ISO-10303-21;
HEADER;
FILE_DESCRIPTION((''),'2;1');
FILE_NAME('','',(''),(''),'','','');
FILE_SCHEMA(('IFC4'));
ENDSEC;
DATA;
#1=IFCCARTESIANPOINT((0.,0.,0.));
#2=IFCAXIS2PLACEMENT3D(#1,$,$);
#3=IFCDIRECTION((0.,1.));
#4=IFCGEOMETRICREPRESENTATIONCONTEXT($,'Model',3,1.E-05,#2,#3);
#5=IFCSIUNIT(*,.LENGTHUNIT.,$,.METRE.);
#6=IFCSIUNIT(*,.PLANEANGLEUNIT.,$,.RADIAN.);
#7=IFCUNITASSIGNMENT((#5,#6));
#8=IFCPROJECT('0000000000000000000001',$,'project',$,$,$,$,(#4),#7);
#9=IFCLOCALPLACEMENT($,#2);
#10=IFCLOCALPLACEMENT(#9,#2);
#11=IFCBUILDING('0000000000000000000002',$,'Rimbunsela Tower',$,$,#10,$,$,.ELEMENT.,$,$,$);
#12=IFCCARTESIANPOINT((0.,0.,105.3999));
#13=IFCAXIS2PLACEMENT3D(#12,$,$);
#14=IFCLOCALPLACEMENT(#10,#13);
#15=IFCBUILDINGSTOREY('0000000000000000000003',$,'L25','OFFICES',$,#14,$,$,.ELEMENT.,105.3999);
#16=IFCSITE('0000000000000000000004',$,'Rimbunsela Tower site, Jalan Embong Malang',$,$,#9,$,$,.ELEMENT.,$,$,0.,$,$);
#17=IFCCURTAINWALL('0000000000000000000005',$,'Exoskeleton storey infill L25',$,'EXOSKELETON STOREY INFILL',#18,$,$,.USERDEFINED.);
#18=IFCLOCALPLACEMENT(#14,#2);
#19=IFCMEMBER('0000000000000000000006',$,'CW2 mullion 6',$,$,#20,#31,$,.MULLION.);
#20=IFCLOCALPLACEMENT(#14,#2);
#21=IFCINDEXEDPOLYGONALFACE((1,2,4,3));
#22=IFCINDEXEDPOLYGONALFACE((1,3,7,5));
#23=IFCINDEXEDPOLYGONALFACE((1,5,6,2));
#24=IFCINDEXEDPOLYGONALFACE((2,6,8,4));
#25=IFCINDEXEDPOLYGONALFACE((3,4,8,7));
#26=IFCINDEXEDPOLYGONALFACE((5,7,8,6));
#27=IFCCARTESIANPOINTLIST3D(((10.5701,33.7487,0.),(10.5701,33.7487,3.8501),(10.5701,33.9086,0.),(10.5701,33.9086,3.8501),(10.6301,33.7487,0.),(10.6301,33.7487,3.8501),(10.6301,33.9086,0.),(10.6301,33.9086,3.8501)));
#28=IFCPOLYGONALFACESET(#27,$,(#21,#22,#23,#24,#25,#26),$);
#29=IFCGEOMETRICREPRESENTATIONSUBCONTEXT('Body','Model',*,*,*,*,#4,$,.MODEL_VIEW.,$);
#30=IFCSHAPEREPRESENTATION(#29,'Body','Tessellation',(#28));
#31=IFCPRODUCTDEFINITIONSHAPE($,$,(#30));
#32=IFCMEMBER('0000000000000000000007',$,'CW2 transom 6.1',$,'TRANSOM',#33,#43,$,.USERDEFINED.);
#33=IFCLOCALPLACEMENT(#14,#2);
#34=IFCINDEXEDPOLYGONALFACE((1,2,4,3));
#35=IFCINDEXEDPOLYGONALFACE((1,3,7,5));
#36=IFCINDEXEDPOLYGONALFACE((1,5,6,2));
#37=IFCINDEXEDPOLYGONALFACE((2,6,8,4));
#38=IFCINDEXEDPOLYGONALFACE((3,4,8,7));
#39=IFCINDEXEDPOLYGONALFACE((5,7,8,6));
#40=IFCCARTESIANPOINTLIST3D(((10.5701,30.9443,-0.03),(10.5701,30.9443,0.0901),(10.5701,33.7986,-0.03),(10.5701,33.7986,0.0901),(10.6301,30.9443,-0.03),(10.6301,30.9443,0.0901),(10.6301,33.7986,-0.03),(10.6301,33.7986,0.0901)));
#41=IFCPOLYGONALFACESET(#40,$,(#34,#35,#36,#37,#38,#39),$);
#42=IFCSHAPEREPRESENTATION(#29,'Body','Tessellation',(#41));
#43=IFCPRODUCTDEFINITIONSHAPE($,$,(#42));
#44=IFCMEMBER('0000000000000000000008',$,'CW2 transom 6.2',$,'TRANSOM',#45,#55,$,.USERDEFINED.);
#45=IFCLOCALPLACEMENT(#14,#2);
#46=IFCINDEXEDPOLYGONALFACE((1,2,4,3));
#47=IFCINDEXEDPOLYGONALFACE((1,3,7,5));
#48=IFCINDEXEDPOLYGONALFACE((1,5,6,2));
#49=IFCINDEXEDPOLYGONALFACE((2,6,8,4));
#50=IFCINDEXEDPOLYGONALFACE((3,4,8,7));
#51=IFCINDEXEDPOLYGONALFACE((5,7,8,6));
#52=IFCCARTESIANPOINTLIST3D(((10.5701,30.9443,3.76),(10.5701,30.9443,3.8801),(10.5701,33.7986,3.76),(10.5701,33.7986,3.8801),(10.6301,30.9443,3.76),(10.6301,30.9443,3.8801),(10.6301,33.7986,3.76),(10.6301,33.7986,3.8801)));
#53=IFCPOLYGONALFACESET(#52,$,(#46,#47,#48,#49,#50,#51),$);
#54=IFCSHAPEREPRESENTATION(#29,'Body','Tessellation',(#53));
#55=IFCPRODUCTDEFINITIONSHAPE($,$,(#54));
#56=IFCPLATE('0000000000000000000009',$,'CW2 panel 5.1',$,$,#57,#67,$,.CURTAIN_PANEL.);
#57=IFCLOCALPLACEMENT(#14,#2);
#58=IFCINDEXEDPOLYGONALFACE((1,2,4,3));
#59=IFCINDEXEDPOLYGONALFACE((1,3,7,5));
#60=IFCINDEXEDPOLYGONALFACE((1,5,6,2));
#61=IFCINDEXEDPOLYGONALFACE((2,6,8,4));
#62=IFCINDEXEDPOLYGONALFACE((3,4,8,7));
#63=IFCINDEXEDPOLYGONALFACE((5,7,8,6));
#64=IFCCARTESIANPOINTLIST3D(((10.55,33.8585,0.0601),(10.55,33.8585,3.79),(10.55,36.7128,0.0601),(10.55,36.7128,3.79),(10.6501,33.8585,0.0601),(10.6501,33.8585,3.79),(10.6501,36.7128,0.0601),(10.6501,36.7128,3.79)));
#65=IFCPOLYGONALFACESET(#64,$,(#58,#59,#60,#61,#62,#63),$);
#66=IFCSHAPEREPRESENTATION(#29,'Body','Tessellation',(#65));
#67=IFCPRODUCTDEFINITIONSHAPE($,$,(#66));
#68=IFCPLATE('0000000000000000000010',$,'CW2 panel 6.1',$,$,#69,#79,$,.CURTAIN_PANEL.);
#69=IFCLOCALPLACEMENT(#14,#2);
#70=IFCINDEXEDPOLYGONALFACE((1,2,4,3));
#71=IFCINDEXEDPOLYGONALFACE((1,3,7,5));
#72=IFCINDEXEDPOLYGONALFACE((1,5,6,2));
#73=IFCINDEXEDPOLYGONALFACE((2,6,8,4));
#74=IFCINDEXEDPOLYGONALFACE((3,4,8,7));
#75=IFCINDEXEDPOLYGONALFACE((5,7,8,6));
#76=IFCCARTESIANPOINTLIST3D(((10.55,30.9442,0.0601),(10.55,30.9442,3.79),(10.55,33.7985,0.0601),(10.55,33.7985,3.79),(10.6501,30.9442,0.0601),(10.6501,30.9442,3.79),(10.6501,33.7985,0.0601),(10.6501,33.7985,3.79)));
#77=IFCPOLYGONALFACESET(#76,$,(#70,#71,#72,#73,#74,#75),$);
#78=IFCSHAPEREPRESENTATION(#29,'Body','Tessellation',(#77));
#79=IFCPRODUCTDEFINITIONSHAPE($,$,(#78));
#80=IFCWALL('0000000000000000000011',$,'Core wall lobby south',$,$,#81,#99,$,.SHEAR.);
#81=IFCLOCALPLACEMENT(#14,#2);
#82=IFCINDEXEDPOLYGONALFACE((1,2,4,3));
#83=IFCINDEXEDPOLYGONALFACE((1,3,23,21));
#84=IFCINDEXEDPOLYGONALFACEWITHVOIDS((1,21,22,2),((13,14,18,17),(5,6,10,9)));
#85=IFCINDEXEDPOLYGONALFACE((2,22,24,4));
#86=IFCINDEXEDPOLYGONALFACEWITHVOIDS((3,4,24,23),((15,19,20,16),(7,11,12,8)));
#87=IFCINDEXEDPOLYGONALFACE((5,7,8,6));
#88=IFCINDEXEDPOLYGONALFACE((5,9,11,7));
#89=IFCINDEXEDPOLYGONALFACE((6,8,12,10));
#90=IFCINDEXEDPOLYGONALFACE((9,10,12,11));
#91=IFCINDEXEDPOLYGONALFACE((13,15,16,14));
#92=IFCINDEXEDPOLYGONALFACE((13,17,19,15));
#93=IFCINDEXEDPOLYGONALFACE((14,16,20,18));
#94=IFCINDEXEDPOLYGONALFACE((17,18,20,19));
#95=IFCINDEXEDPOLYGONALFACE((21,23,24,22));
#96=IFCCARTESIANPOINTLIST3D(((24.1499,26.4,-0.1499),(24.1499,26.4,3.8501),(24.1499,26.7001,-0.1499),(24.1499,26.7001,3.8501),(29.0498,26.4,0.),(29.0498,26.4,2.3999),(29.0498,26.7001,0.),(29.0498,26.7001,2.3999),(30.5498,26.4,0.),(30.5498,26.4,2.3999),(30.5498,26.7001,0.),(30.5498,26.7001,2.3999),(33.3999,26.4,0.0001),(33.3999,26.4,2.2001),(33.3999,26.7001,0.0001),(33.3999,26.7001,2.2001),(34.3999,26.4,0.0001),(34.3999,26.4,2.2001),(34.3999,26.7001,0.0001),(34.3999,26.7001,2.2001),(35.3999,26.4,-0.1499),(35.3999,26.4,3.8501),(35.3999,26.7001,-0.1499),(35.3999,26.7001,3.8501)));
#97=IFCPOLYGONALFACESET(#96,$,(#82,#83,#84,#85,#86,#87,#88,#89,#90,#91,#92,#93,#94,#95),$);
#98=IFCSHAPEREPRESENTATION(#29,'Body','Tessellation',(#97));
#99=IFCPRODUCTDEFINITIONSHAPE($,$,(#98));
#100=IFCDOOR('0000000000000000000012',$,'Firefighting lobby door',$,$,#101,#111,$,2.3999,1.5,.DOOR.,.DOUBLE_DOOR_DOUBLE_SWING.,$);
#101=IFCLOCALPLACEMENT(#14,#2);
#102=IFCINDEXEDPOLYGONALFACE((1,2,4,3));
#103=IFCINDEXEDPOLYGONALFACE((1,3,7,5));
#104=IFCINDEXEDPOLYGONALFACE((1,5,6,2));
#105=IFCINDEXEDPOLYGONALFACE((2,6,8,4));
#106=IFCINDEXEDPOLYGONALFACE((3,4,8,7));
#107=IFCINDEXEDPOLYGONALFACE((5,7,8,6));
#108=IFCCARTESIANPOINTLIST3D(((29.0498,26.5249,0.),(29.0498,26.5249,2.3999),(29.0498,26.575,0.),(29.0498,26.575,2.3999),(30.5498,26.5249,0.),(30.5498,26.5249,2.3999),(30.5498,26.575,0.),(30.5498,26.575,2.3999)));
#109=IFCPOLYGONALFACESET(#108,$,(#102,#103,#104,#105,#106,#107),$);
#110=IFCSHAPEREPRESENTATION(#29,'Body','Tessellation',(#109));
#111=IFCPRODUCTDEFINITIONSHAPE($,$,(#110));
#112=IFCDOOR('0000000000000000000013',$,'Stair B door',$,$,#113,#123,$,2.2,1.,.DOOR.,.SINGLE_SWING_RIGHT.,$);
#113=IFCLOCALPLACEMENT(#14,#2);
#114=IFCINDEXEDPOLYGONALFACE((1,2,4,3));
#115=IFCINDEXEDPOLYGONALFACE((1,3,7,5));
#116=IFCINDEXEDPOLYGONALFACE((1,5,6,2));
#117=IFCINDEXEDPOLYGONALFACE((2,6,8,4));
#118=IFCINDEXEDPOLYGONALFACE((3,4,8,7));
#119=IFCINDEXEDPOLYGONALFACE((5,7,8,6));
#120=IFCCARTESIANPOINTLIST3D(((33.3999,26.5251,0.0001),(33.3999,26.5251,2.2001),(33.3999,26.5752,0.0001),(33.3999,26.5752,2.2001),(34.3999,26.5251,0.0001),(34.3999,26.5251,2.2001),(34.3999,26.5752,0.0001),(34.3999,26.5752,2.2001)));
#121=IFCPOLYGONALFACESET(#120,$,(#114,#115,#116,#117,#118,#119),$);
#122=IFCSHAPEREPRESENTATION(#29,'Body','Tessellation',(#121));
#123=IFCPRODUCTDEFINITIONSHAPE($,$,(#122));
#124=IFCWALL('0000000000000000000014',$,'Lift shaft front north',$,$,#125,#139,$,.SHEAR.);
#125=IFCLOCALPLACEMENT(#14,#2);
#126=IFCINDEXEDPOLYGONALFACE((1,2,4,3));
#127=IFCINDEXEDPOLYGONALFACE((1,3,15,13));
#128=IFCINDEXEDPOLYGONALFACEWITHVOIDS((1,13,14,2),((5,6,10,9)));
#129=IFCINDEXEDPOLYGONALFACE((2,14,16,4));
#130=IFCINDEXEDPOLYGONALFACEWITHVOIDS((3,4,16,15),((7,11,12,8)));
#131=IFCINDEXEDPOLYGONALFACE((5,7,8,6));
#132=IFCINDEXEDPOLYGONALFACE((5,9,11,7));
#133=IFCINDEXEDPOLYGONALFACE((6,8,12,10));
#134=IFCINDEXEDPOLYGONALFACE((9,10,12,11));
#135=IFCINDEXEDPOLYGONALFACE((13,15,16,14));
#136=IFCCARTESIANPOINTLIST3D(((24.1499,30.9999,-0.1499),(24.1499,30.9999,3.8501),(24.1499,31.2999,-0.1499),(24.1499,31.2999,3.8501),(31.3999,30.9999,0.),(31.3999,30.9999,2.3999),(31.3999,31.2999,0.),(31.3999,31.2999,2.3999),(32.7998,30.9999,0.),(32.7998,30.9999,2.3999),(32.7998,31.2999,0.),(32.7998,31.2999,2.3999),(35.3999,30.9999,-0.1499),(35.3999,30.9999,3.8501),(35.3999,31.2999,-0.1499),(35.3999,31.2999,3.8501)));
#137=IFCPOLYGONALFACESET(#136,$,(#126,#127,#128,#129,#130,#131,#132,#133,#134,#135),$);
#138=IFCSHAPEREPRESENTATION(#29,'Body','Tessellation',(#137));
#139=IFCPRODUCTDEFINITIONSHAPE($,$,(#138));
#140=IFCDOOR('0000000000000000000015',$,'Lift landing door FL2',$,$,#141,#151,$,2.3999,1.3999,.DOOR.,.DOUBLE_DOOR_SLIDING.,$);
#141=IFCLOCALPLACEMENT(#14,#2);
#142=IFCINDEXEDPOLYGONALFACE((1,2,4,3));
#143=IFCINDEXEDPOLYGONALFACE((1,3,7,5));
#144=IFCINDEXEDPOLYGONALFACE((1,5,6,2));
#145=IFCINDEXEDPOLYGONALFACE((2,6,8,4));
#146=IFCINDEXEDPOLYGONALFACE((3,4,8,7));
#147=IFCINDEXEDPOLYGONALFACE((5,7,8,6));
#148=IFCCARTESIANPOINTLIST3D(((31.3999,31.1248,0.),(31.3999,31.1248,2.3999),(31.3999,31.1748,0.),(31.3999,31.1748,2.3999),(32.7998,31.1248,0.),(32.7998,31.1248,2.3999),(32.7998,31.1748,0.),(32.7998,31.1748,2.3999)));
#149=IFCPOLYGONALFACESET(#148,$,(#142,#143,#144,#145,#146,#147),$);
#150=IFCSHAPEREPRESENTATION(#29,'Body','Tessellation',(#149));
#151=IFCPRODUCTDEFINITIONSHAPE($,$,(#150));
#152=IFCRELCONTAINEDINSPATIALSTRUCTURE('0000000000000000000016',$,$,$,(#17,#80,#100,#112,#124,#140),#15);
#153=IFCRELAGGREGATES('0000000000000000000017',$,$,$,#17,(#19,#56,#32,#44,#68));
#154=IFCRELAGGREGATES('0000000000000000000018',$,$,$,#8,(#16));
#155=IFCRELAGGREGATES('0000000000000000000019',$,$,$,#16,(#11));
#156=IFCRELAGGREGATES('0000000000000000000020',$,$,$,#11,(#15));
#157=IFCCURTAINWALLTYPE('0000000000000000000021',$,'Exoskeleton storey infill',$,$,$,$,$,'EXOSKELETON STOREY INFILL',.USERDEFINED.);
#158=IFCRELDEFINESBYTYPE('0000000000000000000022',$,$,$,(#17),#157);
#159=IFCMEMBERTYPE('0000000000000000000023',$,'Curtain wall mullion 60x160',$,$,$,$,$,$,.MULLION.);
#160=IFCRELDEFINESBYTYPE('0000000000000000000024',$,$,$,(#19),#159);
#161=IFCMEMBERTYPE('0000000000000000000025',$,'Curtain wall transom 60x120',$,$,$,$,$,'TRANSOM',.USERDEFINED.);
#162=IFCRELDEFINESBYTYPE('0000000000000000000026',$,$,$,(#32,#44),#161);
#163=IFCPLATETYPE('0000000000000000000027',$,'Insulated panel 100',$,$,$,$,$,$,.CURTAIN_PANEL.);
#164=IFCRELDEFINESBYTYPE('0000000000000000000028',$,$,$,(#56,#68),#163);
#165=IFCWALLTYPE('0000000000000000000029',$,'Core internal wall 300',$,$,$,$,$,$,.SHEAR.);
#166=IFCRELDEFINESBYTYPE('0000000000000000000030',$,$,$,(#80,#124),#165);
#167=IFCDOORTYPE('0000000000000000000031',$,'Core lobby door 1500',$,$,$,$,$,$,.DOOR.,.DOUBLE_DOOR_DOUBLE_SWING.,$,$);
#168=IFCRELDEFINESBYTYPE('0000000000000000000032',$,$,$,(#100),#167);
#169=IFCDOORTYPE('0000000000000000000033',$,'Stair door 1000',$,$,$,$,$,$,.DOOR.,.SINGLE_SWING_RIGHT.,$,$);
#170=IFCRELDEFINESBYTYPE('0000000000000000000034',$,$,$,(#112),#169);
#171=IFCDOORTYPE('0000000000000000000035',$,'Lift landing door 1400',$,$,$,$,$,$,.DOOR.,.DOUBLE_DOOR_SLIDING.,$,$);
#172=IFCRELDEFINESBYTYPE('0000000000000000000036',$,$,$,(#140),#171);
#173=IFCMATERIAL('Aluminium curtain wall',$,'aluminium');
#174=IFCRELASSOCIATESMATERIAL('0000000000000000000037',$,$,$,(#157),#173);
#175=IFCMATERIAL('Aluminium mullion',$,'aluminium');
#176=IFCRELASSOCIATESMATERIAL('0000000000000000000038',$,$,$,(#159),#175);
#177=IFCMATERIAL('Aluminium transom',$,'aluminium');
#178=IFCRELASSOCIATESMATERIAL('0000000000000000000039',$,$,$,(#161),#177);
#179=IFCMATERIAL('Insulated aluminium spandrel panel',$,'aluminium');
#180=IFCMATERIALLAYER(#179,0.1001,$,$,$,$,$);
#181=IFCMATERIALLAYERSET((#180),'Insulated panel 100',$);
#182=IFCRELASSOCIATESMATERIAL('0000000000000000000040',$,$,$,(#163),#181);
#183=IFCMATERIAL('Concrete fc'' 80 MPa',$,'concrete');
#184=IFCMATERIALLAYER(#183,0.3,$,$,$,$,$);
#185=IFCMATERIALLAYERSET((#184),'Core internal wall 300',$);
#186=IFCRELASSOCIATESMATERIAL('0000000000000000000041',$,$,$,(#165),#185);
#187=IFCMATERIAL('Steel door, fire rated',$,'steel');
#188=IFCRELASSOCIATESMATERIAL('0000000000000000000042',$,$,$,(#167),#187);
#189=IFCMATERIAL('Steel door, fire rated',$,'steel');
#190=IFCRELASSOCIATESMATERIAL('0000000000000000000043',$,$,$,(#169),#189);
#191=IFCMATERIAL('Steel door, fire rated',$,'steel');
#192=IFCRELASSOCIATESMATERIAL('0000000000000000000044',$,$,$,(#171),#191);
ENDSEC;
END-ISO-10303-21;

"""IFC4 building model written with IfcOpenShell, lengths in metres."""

from ifc_helpers import new_model, si_unit, direction, frame, frame_2d, origin, origin_2d, place, context, subcontext, project, spatial, rectangle, extrude, material, layer, layer_set, material_profile, profile_set, type_object, element, fill, aggregate, save


model = new_model("IFC4")

# Units and contexts
model_context = context("Model", 3, precision=1e-05, world=origin(), true_north=direction((0.0, 1.0)))
body_context = subcontext(model_context, "Body", "Model", "MODEL_VIEW")
ifc_project = project(units=[si_unit("LENGTHUNIT", "METRE"), si_unit("PLANEANGLEUNIT", "RADIAN")], contexts=[model_context])

# Site, building, storey
site_placement = place(None, origin())
site = spatial("IfcSite", under=ifc_project, at=site_placement, Name="Rimbunsela Tower site, Jalan Embong Malang", CompositionType="ELEMENT", RefElevation=0.0)
building_placement = place(site_placement, origin())
building = spatial("IfcBuilding", under=site, at=building_placement, Name="Rimbunsela Tower", CompositionType="ELEMENT")
storey_placement = place(building_placement, frame((0.0, 0.0, 105.3999)))
storey = spatial("IfcBuildingStorey", under=building, at=storey_placement, Name="L25", Description="OFFICES", CompositionType="ELEMENT", Elevation=105.3999)

# Curtain wall, members, plates
ifc_material_1 = material(Name="Aluminium curtain wall", Category="aluminium")
curtain_wall_type = type_object("IfcCurtainWallType", Name="Exoskeleton storey infill", ElementType="EXOSKELETON STOREY INFILL", PredefinedType="USERDEFINED", material=ifc_material_1)
curtain_wall_placement = place(storey_placement, origin())
curtain_wall = element("IfcCurtainWall", 1, at=curtain_wall_placement, inside=storey, type_object=curtain_wall_type, Name="Exoskeleton storey infill L25", ObjectType="EXOSKELETON STOREY INFILL", PredefinedType="USERDEFINED")
ifc_material_2 = material(Name="Aluminium mullion", Category="aluminium")
ifc_material_profile_1 = material_profile(ifc_material_2, rectangle(XDim=0.0601, YDim=0.1599, at=origin_2d()), Name="Mullion 60x160")
ifc_profile_set_1 = profile_set([ifc_material_profile_1], Name="Aluminium mullion")
member_type_1 = type_object("IfcMemberType", Name="Curtain wall mullion 60x160", PredefinedType="MULLION", material=ifc_profile_set_1)
member_1_placement = place(storey_placement, frame((10.6001, 33.8286, 0.0), z_axis=(0.0, 0.0, 1.0), x_axis=(1.0, 0.0, 0.0)))
member_1 = element("IfcMember", 2, at=member_1_placement, type_object=member_type_1, Name="CW2 mullion 6", PredefinedType="MULLION", context=body_context, shape_type="SweptSolid", body=[
    extrude(rectangle(XDim=0.0601, YDim=0.1599, at=origin_2d()), origin(), (0.0, 0.0, 1.0), 3.8501),
])
ifc_material_3 = material(Name="Aluminium transom", Category="aluminium")
ifc_material_profile_2 = material_profile(ifc_material_3, rectangle(XDim=0.0601, YDim=0.1201, at=origin_2d()), Name="Transom 60x120")
ifc_profile_set_2 = profile_set([ifc_material_profile_2], Name="Aluminium transom")
member_type_2 = type_object("IfcMemberType", Name="Curtain wall transom 60x120", ElementType="TRANSOM", PredefinedType="USERDEFINED", material=ifc_profile_set_2)
member_2_placement = place(storey_placement, frame((10.6001, 33.7986, 0.03), z_axis=(0.0, -1.0, 0.0), x_axis=(1.0, 0.0, 0.0)))
member_2 = element("IfcMember", 3, at=member_2_placement, type_object=member_type_2, Name="CW2 transom 6.1", ObjectType="TRANSOM", PredefinedType="USERDEFINED", context=body_context, shape_type="SweptSolid", body=[
    extrude(rectangle(XDim=0.0601, YDim=0.1201, at=origin_2d()), origin(), (0.0, 0.0, 1.0), 2.8542),
])
member_3_placement = place(storey_placement, frame((10.6001, 33.7986, 3.8201), z_axis=(0.0, -1.0, 0.0), x_axis=(1.0, 0.0, 0.0)))
member_3 = element("IfcMember", 4, at=member_3_placement, type_object=member_type_2, Name="CW2 transom 6.2", ObjectType="TRANSOM", PredefinedType="USERDEFINED", context=body_context, shape_type="SweptSolid", body=[
    extrude(rectangle(XDim=0.0601, YDim=0.1201, at=origin_2d()), origin(), (0.0, 0.0, 1.0), 2.8542),
])
ifc_material_4 = material(Name="Insulated aluminium spandrel panel", Category="aluminium")
ifc_layer_1 = layer(ifc_material_4, 0.1001)
ifc_layer_set_1 = layer_set([ifc_layer_1], Name="Insulated panel 100")
plate_type = type_object("IfcPlateType", Name="Insulated panel 100", PredefinedType="CURTAIN_PANEL", material=ifc_layer_set_1)
plate_1_placement = place(storey_placement, frame((10.6001, 35.2856, 0.0601), z_axis=(0.0, 0.0, 1.0), x_axis=(0.0, -1.0, 0.0)))
plate_1 = element("IfcPlate", 5, at=plate_1_placement, type_object=plate_type, Name="CW2 panel 5.1", PredefinedType="CURTAIN_PANEL", context=body_context, shape_type="SweptSolid", body=[
    extrude(rectangle(XDim=2.8542, YDim=0.1001, at=origin_2d()), origin(), (0.0, 0.0, 1.0), 3.73),
])
plate_2_placement = place(storey_placement, frame((10.6001, 32.3713, 0.0601), z_axis=(0.0, 0.0, 1.0), x_axis=(0.0, -1.0, 0.0)))
plate_2 = element("IfcPlate", 6, at=plate_2_placement, type_object=plate_type, Name="CW2 panel 6.1", PredefinedType="CURTAIN_PANEL", context=body_context, shape_type="SweptSolid", body=[
    extrude(rectangle(XDim=2.8542, YDim=0.1001, at=origin_2d()), origin(), (0.0, 0.0, 1.0), 3.73),
])
aggregate(curtain_wall, [member_1, plate_1, member_2, member_3, plate_2])

# Wall, openings, doors
ifc_material_5 = material(Name="Concrete fc' 80 MPa", Category="concrete")
ifc_layer_2 = layer(ifc_material_5, 0.3)
ifc_layer_set_2 = layer_set([ifc_layer_2], Name="Core internal wall 300")
wall_type_1 = type_object("IfcWallType", Name="Core internal wall 300", PredefinedType="SHEAR", material=ifc_layer_set_2)
wall_1_placement = place(storey_placement, frame((24.1499, 26.55, -0.1499), z_axis=(0.0, 0.0, 1.0), x_axis=(1.0, 0.0, 0.0)))
wall_1 = element("IfcWall", 7, at=wall_1_placement, inside=storey, type_object=wall_type_1, Name="Core wall lobby south", PredefinedType="SHEAR", context=body_context, shape_type="SweptSolid", body=[
    extrude(rectangle(XDim=11.25, YDim=0.3, at=frame_2d((5.625, 0.0))), origin(), (0.0, 0.0, 1.0), 4.0),
])
opening_1_placement = place(wall_1_placement, frame((9.25, 0.0, 0.1499)))
opening_1 = element("IfcOpeningElement", 8, at=opening_1_placement, cuts=wall_1, PredefinedType="OPENING", context=body_context, shape_type="SweptSolid", body=[
    extrude(rectangle(XDim=1.0, YDim=2.2, at=frame_2d((0.5, 1.1001))), frame((0.0, 0.1599, 0.0), z_axis=(0.0, -1.0, 0.0), x_axis=(1.0, 0.0, 0.0)), (0.0, 0.0, 1.0), 0.3201),
])
opening_2_placement = place(wall_1_placement, frame((4.8999, 0.0, 0.1499)))
opening_2 = element("IfcOpeningElement", 9, at=opening_2_placement, cuts=wall_1, PredefinedType="OPENING", context=body_context, shape_type="SweptSolid", body=[
    extrude(rectangle(XDim=1.5, YDim=2.3999, at=frame_2d((0.75, 1.2))), frame((0.0, 0.1599, 0.0), z_axis=(0.0, -1.0, 0.0), x_axis=(1.0, 0.0, 0.0)), (0.0, 0.0, 1.0), 0.3201),
])
ifc_material_6 = material(Name="Steel door, fire rated", Category="steel")
door_type_1 = type_object("IfcDoorType", Name="Core lobby door 1500", OperationType="DOUBLE_DOOR_DOUBLE_SWING", PredefinedType="DOOR", material=ifc_material_6)
door_1_placement = place(opening_2_placement, origin())
door_1 = element("IfcDoor", 10, at=door_1_placement, inside=storey, type_object=door_type_1, Name="Firefighting lobby door", OperationType="DOUBLE_DOOR_DOUBLE_SWING", OverallHeight=2.3999, OverallWidth=1.5, PredefinedType="DOOR", context=body_context, shape_type="SweptSolid", body=[
    extrude(rectangle(XDim=1.5, YDim=2.3999, at=frame_2d((0.75, 1.2))), frame((0.0, 0.0249, 0.0), z_axis=(0.0, -1.0, 0.0), x_axis=(1.0, 0.0, 0.0)), (0.0, 0.0, 1.0), 0.05),
])
fill(opening_2, door_1)
ifc_material_7 = material(Name="Steel door, fire rated", Category="steel")
door_type_2 = type_object("IfcDoorType", Name="Stair door 1000", OperationType="SINGLE_SWING_RIGHT", PredefinedType="DOOR", material=ifc_material_7)
door_2_placement = place(opening_1_placement, frame((1.0, 0.0, 0.0), z_axis=(0.0, 0.0, 1.0), x_axis=(-1.0, 0.0, 0.0)))
door_2 = element("IfcDoor", 11, at=door_2_placement, inside=storey, type_object=door_type_2, Name="Stair B door", OperationType="SINGLE_SWING_RIGHT", OverallHeight=2.2, OverallWidth=1.0, PredefinedType="DOOR", context=body_context, shape_type="SweptSolid", body=[
    extrude(rectangle(XDim=1.0, YDim=2.2, at=frame_2d((0.5, 1.1001))), frame((0.0, 0.0249, 0.0), z_axis=(0.0, -1.0, 0.0), x_axis=(1.0, 0.0, 0.0)), (0.0, 0.0, 1.0), 0.05),
])
fill(opening_1, door_2)

# Wall, opening, door
wall_2_placement = place(storey_placement, frame((24.1499, 31.1499, -0.1499), z_axis=(0.0, 0.0, 1.0), x_axis=(1.0, 0.0, 0.0)))
wall_2 = element("IfcWall", 12, at=wall_2_placement, inside=storey, type_object=wall_type_1, Name="Lift shaft front north", PredefinedType="SHEAR", context=body_context, shape_type="SweptSolid", body=[
    extrude(rectangle(XDim=11.25, YDim=0.3, at=frame_2d((5.625, 0.0))), origin(), (0.0, 0.0, 1.0), 4.0),
])
opening_3_placement = place(wall_2_placement, frame((7.25, 0.0, 0.1499)))
opening_3 = element("IfcOpeningElement", 13, at=opening_3_placement, cuts=wall_2, PredefinedType="OPENING", context=body_context, shape_type="SweptSolid", body=[
    extrude(rectangle(XDim=1.3999, YDim=2.3999, at=frame_2d((0.7, 1.2))), frame((0.0, 0.1599, 0.0), z_axis=(0.0, -1.0, 0.0), x_axis=(1.0, 0.0, 0.0)), (0.0, 0.0, 1.0), 0.3201),
])
ifc_material_8 = material(Name="Steel door, fire rated", Category="steel")
door_type_3 = type_object("IfcDoorType", Name="Lift landing door 1400", OperationType="DOUBLE_DOOR_SLIDING", PredefinedType="DOOR", material=ifc_material_8)
door_3_placement = place(opening_3_placement, origin())
door_3 = element("IfcDoor", 14, at=door_3_placement, inside=storey, type_object=door_type_3, Name="Lift landing door FL2", OperationType="DOUBLE_DOOR_SLIDING", OverallHeight=2.3999, OverallWidth=1.3999, PredefinedType="DOOR", context=body_context, shape_type="SweptSolid", body=[
    extrude(rectangle(XDim=1.3999, YDim=2.3999, at=frame_2d((0.7, 1.2))), frame((0.0, 0.0249, 0.0), z_axis=(0.0, -1.0, 0.0), x_axis=(1.0, 0.0, 0.0)), (0.0, 0.0, 1.0), 0.05),
])
fill(opening_3, door_3)

save(model, "model.ifc")
